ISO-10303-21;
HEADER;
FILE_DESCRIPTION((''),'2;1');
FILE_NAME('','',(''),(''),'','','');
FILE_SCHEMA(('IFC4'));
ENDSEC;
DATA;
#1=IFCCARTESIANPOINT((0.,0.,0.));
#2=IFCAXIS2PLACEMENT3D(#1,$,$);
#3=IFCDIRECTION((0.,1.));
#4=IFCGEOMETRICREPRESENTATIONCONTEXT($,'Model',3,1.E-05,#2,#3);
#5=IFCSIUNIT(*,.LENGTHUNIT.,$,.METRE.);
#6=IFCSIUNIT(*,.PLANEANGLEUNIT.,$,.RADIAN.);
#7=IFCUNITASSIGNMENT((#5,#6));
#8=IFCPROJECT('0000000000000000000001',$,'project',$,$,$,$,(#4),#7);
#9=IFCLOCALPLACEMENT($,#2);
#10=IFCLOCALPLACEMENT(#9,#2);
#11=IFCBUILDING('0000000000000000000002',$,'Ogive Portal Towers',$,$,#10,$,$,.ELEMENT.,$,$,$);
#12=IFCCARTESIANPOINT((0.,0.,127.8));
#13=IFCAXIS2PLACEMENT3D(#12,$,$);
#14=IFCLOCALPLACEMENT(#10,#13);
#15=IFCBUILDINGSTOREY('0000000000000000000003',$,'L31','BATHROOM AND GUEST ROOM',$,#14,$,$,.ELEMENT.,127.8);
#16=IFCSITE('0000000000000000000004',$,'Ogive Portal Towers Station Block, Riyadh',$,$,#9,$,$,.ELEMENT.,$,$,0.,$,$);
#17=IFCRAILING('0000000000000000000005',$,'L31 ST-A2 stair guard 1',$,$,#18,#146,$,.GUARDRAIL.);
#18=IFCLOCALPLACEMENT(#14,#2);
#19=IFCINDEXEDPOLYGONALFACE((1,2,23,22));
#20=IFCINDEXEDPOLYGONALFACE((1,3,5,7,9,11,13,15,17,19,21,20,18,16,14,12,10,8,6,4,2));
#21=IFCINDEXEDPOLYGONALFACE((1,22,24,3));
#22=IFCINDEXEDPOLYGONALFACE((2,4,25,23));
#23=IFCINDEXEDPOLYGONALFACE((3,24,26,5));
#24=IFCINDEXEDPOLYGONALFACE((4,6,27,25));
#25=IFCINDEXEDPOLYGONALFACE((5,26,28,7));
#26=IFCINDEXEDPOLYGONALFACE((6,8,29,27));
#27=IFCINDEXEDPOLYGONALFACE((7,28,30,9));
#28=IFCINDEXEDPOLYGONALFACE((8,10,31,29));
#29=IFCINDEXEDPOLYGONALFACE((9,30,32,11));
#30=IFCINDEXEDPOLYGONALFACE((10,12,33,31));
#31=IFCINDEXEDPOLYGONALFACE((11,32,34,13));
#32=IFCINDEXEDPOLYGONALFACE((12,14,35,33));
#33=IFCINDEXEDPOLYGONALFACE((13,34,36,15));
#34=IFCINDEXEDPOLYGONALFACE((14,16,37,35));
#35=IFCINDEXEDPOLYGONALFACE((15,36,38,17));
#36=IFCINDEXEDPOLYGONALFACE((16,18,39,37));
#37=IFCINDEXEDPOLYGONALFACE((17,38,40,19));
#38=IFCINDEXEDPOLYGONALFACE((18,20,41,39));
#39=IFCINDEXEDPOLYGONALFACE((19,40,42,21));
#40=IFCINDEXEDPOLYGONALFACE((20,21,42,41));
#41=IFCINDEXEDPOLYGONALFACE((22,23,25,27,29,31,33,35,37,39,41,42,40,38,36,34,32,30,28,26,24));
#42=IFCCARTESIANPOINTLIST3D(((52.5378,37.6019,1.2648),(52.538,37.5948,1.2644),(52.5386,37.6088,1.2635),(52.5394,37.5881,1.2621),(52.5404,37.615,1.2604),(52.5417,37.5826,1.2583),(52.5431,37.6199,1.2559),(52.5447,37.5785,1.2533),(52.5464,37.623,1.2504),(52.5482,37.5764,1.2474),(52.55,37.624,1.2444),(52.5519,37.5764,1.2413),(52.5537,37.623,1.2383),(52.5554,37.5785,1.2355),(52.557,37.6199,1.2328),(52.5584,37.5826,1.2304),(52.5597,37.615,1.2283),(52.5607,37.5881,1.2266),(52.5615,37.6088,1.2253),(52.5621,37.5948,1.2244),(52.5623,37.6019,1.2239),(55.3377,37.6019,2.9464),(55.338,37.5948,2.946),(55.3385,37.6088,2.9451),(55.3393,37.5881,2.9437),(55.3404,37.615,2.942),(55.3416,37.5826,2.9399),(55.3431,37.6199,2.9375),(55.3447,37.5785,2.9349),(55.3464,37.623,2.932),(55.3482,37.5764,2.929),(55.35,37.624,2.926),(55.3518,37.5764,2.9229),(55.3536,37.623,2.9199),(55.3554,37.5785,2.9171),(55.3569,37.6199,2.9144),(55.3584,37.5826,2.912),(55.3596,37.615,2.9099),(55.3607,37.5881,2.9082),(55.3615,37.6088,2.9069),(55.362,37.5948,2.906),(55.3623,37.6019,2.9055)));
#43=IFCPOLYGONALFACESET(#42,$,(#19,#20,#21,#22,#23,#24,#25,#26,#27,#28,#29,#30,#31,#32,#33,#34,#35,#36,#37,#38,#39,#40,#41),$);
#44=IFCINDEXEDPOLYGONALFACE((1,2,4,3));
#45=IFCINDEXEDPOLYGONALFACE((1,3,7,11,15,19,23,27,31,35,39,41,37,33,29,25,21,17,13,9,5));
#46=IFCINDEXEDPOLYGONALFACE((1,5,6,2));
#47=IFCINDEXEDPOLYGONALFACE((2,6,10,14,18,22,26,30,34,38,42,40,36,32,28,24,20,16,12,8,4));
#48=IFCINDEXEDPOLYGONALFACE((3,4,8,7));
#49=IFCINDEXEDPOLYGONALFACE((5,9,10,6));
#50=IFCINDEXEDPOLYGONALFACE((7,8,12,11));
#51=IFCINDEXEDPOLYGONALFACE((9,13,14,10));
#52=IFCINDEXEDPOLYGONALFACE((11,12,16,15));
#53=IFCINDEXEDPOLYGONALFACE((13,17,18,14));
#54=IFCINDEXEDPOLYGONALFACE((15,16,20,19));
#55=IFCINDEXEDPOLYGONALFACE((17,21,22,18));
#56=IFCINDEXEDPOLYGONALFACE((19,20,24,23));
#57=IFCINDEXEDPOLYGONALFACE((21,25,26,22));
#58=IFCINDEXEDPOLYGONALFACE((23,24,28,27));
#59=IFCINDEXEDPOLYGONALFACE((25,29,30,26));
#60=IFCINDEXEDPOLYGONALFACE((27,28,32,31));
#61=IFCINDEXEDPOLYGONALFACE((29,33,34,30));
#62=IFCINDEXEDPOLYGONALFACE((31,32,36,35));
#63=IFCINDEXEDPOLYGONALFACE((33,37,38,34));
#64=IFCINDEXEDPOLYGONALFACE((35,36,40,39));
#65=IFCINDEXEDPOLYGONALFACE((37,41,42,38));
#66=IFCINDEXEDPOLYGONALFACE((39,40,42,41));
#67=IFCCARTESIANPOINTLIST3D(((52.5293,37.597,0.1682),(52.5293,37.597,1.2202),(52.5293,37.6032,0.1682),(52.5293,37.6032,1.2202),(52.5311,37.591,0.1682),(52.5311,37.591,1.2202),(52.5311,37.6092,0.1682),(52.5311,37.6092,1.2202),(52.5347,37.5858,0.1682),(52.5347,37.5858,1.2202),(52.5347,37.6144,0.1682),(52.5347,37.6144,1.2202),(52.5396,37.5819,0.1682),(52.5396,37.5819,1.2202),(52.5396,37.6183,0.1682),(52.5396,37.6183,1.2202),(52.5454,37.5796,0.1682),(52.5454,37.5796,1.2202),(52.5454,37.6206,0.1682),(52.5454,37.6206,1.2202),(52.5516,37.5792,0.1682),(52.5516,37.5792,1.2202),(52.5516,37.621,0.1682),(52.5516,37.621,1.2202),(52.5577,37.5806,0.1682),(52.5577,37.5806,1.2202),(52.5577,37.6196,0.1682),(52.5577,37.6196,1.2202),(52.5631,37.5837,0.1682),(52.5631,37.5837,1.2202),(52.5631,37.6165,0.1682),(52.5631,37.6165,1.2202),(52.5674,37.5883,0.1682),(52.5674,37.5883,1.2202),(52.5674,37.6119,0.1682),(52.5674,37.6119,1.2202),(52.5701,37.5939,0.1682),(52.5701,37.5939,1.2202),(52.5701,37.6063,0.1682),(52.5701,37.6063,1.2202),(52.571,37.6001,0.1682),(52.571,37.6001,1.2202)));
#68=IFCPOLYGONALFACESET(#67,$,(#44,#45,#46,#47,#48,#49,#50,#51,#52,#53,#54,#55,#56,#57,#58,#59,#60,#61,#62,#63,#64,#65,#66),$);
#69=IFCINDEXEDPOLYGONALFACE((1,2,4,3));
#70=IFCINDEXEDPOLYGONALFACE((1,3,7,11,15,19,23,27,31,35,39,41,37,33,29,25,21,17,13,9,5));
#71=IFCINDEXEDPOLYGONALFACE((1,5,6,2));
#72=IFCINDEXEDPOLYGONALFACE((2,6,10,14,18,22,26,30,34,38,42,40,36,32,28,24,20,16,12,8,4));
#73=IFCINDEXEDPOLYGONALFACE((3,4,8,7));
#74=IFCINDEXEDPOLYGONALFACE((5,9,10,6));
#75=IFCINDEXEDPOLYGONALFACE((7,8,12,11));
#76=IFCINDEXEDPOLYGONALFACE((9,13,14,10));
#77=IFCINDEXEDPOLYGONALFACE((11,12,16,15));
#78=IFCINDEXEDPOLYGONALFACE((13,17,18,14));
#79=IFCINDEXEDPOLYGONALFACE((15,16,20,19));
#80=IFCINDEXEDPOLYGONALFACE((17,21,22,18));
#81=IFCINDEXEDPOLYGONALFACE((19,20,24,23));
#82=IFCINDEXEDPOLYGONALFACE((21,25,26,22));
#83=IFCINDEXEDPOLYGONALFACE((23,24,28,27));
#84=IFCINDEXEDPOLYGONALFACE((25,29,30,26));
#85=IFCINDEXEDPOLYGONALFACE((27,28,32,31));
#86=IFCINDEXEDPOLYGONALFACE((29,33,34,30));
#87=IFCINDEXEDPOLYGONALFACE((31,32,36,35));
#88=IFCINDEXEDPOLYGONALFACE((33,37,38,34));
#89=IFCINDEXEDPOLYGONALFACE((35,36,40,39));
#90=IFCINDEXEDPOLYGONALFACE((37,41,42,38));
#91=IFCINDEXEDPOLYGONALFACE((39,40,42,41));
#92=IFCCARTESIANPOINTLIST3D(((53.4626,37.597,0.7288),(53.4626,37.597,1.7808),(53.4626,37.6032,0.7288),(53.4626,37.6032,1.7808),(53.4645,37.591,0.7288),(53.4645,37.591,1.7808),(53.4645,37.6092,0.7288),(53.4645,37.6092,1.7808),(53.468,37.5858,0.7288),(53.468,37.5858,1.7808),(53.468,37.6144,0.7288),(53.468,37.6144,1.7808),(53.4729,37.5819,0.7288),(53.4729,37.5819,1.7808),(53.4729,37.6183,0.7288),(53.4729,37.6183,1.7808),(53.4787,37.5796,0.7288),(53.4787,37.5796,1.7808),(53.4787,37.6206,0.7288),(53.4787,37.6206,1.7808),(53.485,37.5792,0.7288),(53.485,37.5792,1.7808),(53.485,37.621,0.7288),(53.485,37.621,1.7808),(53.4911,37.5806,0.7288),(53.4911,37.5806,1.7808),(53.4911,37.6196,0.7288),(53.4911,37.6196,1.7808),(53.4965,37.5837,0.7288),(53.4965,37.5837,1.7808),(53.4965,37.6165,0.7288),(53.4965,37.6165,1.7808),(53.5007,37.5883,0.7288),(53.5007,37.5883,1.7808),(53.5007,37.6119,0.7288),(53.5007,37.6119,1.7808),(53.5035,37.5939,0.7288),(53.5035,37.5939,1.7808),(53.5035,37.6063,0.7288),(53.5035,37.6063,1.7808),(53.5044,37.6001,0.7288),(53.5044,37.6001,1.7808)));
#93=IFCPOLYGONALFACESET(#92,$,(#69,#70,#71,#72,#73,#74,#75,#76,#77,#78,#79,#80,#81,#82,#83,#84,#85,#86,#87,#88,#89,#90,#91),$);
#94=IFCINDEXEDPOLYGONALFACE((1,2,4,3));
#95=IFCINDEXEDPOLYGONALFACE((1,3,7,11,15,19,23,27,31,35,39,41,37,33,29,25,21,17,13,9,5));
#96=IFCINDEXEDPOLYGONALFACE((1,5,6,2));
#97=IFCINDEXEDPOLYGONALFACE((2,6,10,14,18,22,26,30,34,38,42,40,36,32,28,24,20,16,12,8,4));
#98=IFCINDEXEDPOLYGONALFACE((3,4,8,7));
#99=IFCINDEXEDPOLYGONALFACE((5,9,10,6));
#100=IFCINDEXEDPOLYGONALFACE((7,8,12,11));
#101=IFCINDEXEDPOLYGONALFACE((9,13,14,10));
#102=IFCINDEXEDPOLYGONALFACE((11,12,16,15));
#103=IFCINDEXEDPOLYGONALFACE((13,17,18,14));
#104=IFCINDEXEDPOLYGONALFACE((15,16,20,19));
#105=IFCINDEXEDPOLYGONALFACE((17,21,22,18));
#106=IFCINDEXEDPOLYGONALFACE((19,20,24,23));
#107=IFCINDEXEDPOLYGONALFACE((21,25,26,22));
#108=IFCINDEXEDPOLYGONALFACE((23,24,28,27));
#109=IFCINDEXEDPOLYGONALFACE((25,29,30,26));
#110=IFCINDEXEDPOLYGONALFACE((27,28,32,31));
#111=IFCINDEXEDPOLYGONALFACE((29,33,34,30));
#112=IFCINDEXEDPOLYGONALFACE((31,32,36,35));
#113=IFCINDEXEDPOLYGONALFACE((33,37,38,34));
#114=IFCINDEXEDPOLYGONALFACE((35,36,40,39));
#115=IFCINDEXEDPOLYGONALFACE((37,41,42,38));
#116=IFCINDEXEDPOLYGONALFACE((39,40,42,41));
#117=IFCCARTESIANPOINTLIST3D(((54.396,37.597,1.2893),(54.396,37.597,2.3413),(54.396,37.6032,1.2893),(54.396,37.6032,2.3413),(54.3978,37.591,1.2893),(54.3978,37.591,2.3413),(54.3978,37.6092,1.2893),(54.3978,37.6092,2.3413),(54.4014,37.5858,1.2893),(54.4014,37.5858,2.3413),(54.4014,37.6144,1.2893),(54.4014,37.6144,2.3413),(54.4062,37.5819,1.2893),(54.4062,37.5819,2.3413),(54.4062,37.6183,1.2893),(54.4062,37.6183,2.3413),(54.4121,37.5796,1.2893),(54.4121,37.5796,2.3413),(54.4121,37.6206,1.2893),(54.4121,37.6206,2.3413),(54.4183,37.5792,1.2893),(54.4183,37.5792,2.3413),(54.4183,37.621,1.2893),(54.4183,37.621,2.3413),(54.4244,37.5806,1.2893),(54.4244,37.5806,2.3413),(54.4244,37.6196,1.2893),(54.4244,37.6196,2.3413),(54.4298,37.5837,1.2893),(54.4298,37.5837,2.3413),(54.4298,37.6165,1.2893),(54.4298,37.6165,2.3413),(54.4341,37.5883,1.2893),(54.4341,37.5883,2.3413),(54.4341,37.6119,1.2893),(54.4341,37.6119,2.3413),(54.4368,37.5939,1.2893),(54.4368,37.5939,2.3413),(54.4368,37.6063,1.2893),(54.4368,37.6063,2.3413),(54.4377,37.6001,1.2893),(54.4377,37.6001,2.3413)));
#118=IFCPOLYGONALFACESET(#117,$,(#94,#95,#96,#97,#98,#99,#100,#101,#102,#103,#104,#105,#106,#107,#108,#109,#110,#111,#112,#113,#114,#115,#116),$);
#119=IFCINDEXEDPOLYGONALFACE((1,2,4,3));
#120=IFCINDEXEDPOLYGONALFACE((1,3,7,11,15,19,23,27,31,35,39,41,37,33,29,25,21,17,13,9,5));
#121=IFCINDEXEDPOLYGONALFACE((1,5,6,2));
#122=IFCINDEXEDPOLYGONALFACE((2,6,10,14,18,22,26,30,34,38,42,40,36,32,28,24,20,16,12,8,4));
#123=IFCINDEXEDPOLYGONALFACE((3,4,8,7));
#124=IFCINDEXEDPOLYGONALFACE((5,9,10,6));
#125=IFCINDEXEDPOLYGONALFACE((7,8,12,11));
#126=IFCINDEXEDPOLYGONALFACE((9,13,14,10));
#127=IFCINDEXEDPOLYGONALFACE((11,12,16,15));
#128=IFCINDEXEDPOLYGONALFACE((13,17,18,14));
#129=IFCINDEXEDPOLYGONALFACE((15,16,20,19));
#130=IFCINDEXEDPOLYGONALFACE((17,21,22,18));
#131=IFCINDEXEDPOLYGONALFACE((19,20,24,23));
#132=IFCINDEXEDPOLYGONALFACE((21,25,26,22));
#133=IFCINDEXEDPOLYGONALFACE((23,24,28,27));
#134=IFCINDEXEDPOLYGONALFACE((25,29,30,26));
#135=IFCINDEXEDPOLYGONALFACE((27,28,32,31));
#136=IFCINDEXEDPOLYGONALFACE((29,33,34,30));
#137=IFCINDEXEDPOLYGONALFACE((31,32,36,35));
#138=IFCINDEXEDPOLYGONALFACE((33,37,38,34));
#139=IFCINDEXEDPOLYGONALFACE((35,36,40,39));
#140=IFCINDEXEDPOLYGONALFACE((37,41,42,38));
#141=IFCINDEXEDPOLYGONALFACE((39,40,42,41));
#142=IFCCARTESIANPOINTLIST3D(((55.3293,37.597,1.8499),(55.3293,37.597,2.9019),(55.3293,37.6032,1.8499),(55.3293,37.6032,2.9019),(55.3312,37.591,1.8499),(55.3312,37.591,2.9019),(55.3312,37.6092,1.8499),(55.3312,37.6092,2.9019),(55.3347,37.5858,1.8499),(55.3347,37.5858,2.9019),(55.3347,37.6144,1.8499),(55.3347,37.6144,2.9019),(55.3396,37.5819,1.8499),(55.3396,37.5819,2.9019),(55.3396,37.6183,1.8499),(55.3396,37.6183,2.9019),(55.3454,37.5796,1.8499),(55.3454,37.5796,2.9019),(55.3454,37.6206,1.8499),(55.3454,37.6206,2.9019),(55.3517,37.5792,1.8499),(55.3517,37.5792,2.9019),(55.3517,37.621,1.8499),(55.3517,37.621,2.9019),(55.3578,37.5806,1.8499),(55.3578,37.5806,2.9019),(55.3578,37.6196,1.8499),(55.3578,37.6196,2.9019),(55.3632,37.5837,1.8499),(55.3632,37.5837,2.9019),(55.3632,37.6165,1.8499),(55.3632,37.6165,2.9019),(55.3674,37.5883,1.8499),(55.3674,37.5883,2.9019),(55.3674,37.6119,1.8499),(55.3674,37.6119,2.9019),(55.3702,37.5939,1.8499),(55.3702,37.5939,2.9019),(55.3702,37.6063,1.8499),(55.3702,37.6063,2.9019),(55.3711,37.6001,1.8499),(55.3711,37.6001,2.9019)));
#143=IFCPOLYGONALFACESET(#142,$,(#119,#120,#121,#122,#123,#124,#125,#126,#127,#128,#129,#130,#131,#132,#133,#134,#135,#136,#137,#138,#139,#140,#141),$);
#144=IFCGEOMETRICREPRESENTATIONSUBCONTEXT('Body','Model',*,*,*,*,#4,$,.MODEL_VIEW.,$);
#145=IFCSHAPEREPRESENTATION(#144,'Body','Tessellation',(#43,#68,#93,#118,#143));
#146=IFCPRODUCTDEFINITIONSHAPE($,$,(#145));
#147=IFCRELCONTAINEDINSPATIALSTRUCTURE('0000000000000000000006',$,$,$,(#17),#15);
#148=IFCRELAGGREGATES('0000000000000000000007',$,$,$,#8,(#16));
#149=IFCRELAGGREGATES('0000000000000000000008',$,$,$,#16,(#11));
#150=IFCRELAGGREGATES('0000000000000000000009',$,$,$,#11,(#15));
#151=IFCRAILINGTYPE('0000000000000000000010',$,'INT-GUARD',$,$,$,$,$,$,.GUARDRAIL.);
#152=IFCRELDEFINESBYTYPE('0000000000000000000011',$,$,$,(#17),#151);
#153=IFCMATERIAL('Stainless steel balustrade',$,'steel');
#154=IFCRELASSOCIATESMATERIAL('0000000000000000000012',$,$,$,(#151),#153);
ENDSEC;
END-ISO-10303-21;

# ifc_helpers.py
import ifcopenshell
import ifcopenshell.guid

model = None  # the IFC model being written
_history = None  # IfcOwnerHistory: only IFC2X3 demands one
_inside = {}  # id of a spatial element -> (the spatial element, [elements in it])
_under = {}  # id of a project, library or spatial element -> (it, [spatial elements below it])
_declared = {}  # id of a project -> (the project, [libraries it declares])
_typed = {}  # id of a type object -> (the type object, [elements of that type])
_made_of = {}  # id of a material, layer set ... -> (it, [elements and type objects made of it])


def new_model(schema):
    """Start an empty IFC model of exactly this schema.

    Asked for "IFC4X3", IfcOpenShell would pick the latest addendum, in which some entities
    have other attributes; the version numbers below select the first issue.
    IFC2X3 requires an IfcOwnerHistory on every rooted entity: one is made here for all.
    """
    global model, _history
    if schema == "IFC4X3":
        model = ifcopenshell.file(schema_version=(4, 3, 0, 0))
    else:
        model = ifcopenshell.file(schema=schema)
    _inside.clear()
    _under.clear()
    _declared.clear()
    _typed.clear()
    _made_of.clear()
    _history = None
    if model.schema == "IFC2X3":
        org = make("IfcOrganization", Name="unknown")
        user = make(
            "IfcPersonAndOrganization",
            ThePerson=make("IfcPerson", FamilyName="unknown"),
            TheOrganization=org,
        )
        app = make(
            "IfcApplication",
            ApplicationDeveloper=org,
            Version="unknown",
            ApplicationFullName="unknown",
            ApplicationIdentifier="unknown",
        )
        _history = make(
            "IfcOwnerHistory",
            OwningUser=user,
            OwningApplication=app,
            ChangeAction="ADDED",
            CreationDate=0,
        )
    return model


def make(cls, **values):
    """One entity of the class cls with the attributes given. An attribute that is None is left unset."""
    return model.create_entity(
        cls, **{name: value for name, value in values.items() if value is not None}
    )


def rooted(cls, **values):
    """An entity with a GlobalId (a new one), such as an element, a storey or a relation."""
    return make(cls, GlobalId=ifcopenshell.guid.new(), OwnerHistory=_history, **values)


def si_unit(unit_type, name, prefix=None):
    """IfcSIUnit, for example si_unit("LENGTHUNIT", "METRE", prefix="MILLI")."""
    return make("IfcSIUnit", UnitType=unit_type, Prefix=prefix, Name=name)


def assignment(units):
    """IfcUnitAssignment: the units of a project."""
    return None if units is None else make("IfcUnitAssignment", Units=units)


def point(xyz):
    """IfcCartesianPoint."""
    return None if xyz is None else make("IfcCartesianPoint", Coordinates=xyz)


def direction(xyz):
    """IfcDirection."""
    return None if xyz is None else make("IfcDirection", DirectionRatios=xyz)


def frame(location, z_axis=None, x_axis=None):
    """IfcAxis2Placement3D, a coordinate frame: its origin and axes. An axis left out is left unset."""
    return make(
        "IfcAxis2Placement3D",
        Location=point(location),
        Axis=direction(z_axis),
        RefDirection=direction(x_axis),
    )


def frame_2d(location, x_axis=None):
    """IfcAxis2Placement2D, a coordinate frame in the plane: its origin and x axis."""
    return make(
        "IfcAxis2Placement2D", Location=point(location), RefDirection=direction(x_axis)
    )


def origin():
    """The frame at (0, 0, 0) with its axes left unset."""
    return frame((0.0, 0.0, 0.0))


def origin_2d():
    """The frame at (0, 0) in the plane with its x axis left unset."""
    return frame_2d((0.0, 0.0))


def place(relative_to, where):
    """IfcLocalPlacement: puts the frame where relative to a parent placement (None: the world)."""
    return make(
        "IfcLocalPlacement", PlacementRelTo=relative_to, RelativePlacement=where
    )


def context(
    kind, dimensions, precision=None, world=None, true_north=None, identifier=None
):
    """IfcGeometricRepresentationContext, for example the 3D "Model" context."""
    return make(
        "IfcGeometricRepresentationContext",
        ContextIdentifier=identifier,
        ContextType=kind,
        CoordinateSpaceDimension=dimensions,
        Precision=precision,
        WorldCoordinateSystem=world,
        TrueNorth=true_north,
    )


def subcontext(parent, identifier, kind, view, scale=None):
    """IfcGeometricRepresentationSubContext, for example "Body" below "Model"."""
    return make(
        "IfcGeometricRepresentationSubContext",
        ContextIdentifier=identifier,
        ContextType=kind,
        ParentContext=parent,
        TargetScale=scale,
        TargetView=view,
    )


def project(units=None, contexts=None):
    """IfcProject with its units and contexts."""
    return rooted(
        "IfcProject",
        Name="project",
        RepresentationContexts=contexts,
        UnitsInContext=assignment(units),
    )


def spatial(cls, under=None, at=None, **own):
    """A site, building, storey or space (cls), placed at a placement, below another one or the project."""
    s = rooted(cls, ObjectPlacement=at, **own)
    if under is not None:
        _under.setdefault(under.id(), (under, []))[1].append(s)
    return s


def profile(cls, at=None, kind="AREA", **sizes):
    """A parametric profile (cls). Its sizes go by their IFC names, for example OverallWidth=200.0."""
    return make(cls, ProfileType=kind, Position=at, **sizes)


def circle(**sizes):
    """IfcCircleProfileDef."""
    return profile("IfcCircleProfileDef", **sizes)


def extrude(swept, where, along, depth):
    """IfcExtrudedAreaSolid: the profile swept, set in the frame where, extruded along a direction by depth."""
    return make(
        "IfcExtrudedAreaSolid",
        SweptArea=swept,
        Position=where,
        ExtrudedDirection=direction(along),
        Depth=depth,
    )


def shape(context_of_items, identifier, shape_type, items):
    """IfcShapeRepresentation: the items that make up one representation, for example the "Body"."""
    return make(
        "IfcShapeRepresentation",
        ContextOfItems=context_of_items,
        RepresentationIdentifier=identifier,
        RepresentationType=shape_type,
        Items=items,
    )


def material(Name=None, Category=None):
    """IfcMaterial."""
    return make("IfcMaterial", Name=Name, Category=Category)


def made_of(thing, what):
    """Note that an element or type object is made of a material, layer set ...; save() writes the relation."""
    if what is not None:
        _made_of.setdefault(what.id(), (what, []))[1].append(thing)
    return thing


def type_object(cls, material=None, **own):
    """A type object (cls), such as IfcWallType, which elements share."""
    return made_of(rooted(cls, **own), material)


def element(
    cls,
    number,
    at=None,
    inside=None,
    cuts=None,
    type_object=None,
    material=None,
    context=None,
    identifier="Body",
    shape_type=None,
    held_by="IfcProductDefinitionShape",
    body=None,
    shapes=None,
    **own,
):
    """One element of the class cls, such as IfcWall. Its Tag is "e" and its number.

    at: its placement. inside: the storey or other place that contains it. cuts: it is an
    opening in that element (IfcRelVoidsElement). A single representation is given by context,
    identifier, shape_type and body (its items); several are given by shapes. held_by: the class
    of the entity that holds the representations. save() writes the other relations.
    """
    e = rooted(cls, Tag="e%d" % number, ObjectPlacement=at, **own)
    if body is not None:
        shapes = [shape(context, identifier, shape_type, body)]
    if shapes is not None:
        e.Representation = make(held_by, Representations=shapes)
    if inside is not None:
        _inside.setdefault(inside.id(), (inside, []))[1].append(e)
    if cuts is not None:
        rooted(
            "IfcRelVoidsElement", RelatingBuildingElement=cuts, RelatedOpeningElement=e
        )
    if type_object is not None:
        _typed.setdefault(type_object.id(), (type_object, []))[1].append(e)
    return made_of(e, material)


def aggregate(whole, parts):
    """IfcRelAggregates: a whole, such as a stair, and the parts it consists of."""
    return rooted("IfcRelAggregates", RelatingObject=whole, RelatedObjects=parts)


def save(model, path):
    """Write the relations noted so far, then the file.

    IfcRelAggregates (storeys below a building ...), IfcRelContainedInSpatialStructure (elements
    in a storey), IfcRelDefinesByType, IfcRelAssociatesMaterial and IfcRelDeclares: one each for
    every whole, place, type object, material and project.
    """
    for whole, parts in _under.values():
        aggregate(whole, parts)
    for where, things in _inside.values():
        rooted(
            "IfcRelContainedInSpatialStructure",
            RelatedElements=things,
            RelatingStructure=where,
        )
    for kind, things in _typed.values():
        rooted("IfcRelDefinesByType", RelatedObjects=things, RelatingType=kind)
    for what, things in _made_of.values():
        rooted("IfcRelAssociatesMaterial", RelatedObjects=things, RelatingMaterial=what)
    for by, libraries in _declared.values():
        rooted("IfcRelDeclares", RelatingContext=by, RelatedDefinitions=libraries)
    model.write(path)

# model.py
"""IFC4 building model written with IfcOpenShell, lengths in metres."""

from ifc_helpers import new_model, si_unit, direction, frame, origin, origin_2d, place, context, subcontext, project, spatial, circle, extrude, material, type_object, element, save


model = new_model("IFC4")

# Units and contexts
model_context = context("Model", 3, precision=1e-05, world=origin(), true_north=direction((0.0, 1.0)))
body_context = subcontext(model_context, "Body", "Model", "MODEL_VIEW")
ifc_project = project(units=[si_unit("LENGTHUNIT", "METRE"), si_unit("PLANEANGLEUNIT", "RADIAN")], contexts=[model_context])

# Site, building, storey
site_placement = place(None, origin())
site = spatial("IfcSite", under=ifc_project, at=site_placement, Name="Ogive Portal Towers Station Block, Riyadh", CompositionType="ELEMENT", RefElevation=0.0)
building_placement = place(site_placement, origin())
building = spatial("IfcBuilding", under=site, at=building_placement, Name="Ogive Portal Towers", CompositionType="ELEMENT")
storey_placement = place(building_placement, frame((0.0, 0.0, 127.8)))
storey = spatial("IfcBuildingStorey", under=building, at=storey_placement, Name="L31", Description="BATHROOM AND GUEST ROOM", CompositionType="ELEMENT", Elevation=127.8)

# Railing
ifc_material_1 = material(Name="Stainless steel balustrade", Category="steel")
railing_type_1 = type_object("IfcRailingType", Name="INT-GUARD", PredefinedType="GUARDRAIL", material=ifc_material_1)
railing_1_placement = place(storey_placement, frame((52.55, 37.6001, 0.1682)))
element("IfcRailing", 1, at=railing_1_placement, inside=storey, type_object=railing_type_1, Name="L31 ST-A2 stair guard 1", PredefinedType="GUARDRAIL", context=body_context, shape_type="SweptSolid", body=[
    extrude(circle(Radius=0.0239, at=origin_2d()), frame((0.0, 0.0, 1.0762), z_axis=(0.857275, 0.0, 0.514858), x_axis=(0.0, 1.0, 0.0)), (0.0, 0.0, 1.0), 3.2661),
    extrude(circle(Radius=0.021, at=origin_2d()), origin(), (0.0, 0.0, 1.0), 1.052),
    extrude(circle(Radius=0.021, at=origin_2d()), frame((0.9333, 0.0, 0.5605)), (0.0, 0.0, 1.0), 1.052),
    extrude(circle(Radius=0.021, at=origin_2d()), frame((1.8667, 0.0, 1.1211)), (0.0, 0.0, 1.0), 1.052),
    extrude(circle(Radius=0.021, at=origin_2d()), frame((2.8, 0.0, 1.6816)), (0.0, 0.0, 1.0), 1.052),
])

save(model, "model.ifc")
